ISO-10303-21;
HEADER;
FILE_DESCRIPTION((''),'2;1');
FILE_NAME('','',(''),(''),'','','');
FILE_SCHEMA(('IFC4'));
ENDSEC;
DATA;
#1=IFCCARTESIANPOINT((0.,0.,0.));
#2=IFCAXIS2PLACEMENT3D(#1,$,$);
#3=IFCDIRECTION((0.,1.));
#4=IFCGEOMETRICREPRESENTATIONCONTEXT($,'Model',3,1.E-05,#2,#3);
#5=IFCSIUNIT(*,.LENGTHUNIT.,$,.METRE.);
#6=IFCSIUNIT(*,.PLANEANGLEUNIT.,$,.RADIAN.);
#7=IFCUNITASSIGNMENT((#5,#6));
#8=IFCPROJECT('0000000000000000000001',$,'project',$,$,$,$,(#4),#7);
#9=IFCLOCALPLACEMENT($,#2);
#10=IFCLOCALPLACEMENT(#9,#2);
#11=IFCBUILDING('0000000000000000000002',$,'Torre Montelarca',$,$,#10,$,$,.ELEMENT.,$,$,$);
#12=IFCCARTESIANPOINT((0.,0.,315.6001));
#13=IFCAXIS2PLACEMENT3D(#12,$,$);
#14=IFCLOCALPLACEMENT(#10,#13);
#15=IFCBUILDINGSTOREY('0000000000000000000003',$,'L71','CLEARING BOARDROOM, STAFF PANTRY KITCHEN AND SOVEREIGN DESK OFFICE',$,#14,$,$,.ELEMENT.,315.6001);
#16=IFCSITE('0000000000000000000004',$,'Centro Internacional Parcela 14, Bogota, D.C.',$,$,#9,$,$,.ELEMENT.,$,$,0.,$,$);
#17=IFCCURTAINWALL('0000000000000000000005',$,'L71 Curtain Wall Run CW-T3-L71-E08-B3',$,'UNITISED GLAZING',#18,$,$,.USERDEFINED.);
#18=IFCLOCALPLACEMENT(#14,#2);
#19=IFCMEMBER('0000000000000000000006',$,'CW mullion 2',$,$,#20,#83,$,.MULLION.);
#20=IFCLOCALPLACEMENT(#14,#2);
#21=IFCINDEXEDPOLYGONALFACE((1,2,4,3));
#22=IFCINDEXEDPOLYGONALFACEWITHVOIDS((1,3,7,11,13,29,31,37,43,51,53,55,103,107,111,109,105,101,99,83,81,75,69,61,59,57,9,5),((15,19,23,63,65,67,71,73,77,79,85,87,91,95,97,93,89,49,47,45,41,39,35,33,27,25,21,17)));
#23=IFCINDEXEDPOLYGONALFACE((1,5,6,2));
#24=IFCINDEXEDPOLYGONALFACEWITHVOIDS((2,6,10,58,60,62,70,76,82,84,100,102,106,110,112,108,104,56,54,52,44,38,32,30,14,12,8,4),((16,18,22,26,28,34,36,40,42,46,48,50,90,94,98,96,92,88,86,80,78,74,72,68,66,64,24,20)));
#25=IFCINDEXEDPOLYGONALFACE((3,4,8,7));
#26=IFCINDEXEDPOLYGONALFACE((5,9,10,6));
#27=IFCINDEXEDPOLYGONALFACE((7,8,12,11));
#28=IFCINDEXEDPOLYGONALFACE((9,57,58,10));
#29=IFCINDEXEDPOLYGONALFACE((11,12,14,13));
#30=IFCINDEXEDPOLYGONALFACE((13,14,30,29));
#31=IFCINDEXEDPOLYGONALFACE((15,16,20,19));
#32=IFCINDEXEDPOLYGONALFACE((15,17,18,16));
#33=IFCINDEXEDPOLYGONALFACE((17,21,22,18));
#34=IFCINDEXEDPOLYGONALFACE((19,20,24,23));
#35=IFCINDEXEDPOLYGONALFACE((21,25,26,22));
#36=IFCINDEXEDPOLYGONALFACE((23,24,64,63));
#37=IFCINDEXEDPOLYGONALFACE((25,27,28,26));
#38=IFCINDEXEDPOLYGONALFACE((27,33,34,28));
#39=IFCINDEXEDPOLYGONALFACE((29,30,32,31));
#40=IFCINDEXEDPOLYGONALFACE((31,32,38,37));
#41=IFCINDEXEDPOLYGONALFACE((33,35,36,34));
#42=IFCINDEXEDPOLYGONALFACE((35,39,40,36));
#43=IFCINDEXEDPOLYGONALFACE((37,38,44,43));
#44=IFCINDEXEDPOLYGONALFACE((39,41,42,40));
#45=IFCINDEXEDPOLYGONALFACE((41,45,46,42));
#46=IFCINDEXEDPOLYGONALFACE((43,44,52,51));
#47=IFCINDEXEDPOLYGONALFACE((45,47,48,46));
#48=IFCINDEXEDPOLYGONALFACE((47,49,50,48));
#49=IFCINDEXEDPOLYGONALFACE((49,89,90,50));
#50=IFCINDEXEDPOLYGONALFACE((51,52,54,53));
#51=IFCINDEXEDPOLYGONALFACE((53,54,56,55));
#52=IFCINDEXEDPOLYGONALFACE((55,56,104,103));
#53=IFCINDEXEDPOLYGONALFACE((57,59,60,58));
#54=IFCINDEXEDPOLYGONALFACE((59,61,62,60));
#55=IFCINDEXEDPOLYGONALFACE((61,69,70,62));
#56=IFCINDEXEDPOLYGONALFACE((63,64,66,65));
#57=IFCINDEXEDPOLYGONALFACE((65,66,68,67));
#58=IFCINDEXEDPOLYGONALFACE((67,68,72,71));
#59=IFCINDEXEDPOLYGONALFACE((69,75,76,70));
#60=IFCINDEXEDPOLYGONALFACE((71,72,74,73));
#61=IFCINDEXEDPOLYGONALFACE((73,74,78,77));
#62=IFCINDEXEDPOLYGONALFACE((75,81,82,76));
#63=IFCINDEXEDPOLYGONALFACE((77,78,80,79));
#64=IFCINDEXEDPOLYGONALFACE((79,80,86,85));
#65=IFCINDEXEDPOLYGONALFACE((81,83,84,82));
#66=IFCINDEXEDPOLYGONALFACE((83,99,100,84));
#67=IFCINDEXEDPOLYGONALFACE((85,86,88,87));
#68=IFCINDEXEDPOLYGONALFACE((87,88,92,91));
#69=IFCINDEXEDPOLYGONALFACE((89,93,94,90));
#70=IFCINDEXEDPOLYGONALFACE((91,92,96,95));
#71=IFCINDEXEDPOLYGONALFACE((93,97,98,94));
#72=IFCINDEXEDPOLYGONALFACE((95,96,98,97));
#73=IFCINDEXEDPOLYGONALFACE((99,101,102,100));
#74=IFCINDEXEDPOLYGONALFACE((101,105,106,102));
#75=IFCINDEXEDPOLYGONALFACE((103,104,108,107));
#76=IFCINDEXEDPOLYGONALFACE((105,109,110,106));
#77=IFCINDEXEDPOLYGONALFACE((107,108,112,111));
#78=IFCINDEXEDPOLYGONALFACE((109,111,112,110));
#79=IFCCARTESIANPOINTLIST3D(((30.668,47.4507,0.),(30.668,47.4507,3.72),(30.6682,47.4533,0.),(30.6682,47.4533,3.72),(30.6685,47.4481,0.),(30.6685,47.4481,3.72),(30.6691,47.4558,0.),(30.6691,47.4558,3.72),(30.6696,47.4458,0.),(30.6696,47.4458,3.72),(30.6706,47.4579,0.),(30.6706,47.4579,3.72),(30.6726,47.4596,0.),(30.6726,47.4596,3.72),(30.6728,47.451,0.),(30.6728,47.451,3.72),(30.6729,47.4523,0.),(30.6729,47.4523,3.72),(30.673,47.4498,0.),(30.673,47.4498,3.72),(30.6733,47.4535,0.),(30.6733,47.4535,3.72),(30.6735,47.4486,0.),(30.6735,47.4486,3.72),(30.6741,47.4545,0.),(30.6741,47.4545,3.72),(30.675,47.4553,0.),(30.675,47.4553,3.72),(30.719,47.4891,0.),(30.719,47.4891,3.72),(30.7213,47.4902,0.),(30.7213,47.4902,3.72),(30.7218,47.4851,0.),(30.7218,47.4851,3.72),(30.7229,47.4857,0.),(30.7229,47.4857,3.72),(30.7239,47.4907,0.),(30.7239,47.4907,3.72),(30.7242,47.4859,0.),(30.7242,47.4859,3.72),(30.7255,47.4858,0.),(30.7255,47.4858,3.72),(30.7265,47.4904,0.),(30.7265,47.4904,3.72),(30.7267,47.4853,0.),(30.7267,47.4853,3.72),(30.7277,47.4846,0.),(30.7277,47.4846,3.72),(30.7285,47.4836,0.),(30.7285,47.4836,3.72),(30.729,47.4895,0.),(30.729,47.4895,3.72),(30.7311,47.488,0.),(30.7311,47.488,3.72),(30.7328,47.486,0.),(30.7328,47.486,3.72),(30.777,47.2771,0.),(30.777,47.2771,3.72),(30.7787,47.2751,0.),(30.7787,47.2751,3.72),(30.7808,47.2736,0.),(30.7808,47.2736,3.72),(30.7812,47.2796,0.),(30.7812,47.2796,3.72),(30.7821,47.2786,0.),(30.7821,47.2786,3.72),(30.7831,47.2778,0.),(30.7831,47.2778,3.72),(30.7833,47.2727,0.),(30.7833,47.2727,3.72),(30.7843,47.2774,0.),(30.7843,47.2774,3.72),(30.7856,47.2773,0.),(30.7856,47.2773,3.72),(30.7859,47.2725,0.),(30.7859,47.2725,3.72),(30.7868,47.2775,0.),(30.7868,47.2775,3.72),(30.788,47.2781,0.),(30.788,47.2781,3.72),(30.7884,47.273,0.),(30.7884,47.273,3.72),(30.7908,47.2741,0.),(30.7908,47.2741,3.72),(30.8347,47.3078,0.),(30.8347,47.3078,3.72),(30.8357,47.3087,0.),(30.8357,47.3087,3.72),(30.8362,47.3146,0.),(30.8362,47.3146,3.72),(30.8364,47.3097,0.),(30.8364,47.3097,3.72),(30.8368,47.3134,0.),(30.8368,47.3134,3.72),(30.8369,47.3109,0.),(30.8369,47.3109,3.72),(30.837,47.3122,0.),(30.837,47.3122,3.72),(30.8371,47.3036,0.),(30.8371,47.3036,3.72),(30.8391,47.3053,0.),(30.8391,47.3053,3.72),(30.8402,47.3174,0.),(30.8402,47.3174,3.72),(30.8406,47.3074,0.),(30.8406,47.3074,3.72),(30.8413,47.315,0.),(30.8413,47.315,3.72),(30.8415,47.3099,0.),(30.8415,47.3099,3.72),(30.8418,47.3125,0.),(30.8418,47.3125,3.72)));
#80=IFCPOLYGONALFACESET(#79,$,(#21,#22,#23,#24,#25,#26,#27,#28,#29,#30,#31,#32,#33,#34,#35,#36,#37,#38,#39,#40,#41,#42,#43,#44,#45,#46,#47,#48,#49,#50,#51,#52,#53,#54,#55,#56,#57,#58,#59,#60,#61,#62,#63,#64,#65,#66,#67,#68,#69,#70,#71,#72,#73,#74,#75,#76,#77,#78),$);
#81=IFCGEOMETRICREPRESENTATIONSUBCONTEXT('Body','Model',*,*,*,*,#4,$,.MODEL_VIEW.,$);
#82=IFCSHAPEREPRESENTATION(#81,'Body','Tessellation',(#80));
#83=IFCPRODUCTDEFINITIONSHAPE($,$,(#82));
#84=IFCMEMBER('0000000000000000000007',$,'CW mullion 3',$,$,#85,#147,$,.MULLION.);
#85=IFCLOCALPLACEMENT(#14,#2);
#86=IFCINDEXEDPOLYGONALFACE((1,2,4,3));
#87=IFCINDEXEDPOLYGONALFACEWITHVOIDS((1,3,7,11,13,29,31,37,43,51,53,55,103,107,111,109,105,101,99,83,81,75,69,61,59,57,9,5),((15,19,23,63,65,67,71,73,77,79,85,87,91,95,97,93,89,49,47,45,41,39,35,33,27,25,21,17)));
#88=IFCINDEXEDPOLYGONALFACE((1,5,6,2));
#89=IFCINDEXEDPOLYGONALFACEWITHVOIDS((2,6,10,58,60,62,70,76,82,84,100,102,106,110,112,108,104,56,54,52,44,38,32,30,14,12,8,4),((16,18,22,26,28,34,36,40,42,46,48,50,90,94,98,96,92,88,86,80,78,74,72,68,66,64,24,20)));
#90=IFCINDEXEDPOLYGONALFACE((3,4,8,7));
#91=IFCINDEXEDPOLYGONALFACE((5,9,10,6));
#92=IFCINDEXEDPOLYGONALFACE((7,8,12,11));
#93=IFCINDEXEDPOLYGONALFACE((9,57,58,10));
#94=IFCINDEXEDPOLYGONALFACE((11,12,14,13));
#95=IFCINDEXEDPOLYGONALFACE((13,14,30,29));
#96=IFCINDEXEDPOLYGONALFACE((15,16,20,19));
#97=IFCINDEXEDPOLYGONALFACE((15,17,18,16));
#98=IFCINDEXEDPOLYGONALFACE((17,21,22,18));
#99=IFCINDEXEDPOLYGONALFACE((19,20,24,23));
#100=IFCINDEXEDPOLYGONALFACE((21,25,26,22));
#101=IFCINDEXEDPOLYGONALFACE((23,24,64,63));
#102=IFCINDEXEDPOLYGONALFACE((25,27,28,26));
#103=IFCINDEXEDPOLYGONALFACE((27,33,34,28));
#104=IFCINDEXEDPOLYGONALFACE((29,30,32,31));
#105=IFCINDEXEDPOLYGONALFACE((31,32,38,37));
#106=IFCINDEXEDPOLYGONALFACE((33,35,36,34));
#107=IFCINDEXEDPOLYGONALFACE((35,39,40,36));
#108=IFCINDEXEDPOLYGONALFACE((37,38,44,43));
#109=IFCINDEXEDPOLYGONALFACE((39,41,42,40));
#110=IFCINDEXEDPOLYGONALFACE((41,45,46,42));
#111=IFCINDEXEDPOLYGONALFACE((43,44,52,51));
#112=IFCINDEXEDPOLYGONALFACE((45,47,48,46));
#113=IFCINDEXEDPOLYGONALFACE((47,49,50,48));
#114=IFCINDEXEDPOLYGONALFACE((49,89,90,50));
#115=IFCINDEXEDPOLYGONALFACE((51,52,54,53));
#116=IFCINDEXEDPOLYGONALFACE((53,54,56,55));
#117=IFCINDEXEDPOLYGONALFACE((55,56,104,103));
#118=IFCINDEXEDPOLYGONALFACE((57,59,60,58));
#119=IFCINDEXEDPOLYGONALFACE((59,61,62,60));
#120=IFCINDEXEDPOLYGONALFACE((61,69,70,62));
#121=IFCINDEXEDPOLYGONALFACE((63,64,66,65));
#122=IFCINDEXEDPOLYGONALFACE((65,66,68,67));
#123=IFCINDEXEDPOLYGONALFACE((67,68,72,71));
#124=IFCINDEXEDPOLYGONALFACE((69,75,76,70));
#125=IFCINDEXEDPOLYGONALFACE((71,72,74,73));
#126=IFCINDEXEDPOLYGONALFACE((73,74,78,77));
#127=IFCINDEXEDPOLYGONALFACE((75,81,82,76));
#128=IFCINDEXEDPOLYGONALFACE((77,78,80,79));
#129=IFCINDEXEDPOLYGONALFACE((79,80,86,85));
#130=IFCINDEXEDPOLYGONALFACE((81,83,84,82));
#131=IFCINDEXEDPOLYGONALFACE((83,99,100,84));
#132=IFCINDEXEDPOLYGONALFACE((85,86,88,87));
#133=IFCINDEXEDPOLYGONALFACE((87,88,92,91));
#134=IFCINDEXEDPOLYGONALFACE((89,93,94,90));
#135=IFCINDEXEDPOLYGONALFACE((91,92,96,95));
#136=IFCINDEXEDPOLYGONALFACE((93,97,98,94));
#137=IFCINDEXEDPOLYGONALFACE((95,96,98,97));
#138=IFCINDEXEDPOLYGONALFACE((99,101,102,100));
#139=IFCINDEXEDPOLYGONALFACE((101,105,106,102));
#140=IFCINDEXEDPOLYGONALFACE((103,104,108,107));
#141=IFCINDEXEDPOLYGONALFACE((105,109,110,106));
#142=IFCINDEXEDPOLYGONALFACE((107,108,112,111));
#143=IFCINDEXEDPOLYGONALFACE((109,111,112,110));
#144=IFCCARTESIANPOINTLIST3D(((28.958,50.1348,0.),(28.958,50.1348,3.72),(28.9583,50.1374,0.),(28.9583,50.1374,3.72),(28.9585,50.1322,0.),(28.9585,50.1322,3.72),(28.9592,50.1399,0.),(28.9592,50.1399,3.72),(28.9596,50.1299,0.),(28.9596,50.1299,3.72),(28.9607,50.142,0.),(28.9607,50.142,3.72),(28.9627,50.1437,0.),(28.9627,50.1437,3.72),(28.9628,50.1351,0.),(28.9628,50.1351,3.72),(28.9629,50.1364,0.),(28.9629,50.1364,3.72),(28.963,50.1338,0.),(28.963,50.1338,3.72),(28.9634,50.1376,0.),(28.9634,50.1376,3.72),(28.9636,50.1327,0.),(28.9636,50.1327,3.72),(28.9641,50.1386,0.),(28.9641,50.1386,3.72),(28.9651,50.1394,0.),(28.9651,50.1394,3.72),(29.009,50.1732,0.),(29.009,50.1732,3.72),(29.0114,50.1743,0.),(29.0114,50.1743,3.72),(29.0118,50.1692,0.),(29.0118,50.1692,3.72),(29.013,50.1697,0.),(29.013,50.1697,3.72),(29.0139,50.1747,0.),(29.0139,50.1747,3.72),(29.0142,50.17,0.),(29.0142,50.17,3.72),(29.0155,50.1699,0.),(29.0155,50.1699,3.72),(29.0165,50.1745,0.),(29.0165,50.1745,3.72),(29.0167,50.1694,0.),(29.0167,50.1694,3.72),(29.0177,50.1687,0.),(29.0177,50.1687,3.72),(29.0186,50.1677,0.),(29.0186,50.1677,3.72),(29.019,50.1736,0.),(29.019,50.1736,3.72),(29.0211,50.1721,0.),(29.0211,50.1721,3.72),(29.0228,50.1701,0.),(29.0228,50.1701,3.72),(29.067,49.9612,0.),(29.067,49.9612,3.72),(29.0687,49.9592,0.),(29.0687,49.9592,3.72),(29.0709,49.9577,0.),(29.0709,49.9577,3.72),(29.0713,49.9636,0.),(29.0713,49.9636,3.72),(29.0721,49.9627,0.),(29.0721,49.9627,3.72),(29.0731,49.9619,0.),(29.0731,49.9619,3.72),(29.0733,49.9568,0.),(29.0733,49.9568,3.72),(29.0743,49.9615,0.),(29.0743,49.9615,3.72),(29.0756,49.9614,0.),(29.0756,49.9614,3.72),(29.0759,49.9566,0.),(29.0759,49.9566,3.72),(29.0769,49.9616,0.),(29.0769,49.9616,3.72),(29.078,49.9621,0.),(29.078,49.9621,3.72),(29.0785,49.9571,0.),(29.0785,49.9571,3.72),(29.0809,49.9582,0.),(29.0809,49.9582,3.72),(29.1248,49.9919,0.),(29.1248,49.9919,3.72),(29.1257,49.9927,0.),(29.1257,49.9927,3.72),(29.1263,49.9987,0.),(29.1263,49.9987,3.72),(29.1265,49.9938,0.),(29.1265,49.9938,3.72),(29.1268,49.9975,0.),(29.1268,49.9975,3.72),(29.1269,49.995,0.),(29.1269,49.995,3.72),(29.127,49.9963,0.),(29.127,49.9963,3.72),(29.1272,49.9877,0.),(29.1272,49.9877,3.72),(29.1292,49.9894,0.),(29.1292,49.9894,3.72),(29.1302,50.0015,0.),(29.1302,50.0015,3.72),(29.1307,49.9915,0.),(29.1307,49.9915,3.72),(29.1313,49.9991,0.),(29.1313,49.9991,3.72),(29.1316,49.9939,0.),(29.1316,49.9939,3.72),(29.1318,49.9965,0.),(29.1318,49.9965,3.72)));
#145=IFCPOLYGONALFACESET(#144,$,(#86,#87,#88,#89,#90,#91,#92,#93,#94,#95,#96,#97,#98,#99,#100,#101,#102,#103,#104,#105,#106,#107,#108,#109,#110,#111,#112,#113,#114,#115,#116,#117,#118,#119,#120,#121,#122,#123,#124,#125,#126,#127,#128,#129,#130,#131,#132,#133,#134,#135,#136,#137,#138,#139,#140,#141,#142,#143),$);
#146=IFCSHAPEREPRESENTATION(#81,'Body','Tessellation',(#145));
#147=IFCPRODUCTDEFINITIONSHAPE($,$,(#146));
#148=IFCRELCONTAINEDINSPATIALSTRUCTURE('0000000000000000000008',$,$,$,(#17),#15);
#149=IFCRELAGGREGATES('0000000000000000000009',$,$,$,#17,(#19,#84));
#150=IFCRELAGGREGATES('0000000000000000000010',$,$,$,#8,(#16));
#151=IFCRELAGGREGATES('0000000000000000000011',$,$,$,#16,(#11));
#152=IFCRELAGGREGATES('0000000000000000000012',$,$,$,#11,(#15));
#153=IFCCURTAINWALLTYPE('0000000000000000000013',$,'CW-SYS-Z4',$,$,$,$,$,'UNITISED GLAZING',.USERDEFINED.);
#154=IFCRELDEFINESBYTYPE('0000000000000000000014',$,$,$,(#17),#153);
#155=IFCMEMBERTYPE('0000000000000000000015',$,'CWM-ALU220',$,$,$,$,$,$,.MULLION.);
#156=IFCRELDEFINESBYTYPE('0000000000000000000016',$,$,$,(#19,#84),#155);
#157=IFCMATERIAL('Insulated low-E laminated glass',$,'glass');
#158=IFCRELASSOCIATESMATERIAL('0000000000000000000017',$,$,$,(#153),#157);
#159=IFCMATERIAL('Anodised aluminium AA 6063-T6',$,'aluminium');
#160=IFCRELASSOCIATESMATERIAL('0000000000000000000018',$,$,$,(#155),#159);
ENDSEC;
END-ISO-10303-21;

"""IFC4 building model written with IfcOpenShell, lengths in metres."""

from ifc_helpers import new_model, si_unit, direction, frame, origin, origin_2d, place, context, subcontext, project, spatial, hollow_rectangle, extrude, source, transform, mapped, material, material_profile, profile_set, type_object, element, aggregate, save


model = new_model("IFC4")

# Units and contexts
model_context = context("Model", 3, precision=1e-05, world=origin(), true_north=direction((0.0, 1.0)))
body_context = subcontext(model_context, "Body", "Model", "MODEL_VIEW")
ifc_project = project(units=[si_unit("LENGTHUNIT", "METRE"), si_unit("PLANEANGLEUNIT", "RADIAN")], contexts=[model_context])

# Site, building, storey
site_placement = place(None, origin())
site = spatial("IfcSite", under=ifc_project, at=site_placement, Name="Centro Internacional Parcela 14, Bogota, D.C.", CompositionType="ELEMENT", RefElevation=0.0)
building_placement = place(site_placement, origin())
building = spatial("IfcBuilding", under=site, at=building_placement, Name="Torre Montelarca", CompositionType="ELEMENT")
storey_placement = place(building_placement, frame((0.0, 0.0, 315.6001)))
storey = spatial("IfcBuildingStorey", under=building, at=storey_placement, Name="L71", Description="CLEARING BOARDROOM, STAFF PANTRY KITCHEN AND SOVEREIGN DESK OFFICE", CompositionType="ELEMENT", Elevation=315.6001)

# Shared definitions
ifc_material_1 = material(Name="Insulated low-E laminated glass", Category="glass")
curtain_wall_type = type_object("IfcCurtainWallType", Name="CW-SYS-Z4", ElementType="UNITISED GLAZING", PredefinedType="USERDEFINED", material=ifc_material_1)
ifc_material_2 = material(Name="Anodised aluminium AA 6063-T6", Category="aluminium")
ifc_material_profile_1 = material_profile(ifc_material_2, hollow_rectangle(XDim=0.075, YDim=0.22, WallThickness=0.0049, InnerFilletRadius=0.0049, OuterFilletRadius=0.01, at=origin_2d()), Name="ALU75X220X5", Category="aluminium")
ifc_profile_set_1 = profile_set([ifc_material_profile_1], Name="Anodised aluminium AA 6063-T6")
member_type_1 = type_object("IfcMemberType", Name="CWM-ALU220", PredefinedType="MULLION", material=ifc_profile_set_1)
shared_shape_1 = source(origin(), body_context, "Body", "SweptSolid", [
    extrude(hollow_rectangle(XDim=0.075, YDim=0.22, WallThickness=0.0049, InnerFilletRadius=0.0049, OuterFilletRadius=0.01, at=origin_2d()), origin(), (0.0, 0.0, 1.0), 3.72),
])

# Curtain wall, members
curtain_wall_1_placement = place(storey_placement, origin())
curtain_wall_1 = element("IfcCurtainWall", 1, at=curtain_wall_1_placement, inside=storey, type_object=curtain_wall_type, Name="L71 Curtain Wall Run CW-T3-L71-E08-B3", ObjectType="UNITISED GLAZING", PredefinedType="USERDEFINED")
member_1_placement = place(storey_placement, frame((30.7549, 47.3816, 0.0), z_axis=(0.0, 0.0, 1.0), x_axis=(-0.84339, -0.537301, 0.0)))
member_1 = element("IfcMember", 2, at=member_1_placement, type_object=member_type_1, Name="CW mullion 2", PredefinedType="MULLION", context=body_context, shape_type="MappedRepresentation", body=[
    mapped(shared_shape_1, transform((0.0, 0.0, 0.0), scale=1.0)),
])
member_2_placement = place(storey_placement, frame((29.0449, 50.0657, 0.0), z_axis=(0.0, 0.0, 1.0), x_axis=(-0.84339, -0.537301, 0.0)))
member_2 = element("IfcMember", 3, at=member_2_placement, type_object=member_type_1, Name="CW mullion 3", PredefinedType="MULLION", context=body_context, shape_type="MappedRepresentation", body=[
    mapped(shared_shape_1, transform((0.0, 0.0, 0.0), scale=1.0)),
])

aggregate(curtain_wall_1, [member_1, member_2])

save(model, "model.ifc")
